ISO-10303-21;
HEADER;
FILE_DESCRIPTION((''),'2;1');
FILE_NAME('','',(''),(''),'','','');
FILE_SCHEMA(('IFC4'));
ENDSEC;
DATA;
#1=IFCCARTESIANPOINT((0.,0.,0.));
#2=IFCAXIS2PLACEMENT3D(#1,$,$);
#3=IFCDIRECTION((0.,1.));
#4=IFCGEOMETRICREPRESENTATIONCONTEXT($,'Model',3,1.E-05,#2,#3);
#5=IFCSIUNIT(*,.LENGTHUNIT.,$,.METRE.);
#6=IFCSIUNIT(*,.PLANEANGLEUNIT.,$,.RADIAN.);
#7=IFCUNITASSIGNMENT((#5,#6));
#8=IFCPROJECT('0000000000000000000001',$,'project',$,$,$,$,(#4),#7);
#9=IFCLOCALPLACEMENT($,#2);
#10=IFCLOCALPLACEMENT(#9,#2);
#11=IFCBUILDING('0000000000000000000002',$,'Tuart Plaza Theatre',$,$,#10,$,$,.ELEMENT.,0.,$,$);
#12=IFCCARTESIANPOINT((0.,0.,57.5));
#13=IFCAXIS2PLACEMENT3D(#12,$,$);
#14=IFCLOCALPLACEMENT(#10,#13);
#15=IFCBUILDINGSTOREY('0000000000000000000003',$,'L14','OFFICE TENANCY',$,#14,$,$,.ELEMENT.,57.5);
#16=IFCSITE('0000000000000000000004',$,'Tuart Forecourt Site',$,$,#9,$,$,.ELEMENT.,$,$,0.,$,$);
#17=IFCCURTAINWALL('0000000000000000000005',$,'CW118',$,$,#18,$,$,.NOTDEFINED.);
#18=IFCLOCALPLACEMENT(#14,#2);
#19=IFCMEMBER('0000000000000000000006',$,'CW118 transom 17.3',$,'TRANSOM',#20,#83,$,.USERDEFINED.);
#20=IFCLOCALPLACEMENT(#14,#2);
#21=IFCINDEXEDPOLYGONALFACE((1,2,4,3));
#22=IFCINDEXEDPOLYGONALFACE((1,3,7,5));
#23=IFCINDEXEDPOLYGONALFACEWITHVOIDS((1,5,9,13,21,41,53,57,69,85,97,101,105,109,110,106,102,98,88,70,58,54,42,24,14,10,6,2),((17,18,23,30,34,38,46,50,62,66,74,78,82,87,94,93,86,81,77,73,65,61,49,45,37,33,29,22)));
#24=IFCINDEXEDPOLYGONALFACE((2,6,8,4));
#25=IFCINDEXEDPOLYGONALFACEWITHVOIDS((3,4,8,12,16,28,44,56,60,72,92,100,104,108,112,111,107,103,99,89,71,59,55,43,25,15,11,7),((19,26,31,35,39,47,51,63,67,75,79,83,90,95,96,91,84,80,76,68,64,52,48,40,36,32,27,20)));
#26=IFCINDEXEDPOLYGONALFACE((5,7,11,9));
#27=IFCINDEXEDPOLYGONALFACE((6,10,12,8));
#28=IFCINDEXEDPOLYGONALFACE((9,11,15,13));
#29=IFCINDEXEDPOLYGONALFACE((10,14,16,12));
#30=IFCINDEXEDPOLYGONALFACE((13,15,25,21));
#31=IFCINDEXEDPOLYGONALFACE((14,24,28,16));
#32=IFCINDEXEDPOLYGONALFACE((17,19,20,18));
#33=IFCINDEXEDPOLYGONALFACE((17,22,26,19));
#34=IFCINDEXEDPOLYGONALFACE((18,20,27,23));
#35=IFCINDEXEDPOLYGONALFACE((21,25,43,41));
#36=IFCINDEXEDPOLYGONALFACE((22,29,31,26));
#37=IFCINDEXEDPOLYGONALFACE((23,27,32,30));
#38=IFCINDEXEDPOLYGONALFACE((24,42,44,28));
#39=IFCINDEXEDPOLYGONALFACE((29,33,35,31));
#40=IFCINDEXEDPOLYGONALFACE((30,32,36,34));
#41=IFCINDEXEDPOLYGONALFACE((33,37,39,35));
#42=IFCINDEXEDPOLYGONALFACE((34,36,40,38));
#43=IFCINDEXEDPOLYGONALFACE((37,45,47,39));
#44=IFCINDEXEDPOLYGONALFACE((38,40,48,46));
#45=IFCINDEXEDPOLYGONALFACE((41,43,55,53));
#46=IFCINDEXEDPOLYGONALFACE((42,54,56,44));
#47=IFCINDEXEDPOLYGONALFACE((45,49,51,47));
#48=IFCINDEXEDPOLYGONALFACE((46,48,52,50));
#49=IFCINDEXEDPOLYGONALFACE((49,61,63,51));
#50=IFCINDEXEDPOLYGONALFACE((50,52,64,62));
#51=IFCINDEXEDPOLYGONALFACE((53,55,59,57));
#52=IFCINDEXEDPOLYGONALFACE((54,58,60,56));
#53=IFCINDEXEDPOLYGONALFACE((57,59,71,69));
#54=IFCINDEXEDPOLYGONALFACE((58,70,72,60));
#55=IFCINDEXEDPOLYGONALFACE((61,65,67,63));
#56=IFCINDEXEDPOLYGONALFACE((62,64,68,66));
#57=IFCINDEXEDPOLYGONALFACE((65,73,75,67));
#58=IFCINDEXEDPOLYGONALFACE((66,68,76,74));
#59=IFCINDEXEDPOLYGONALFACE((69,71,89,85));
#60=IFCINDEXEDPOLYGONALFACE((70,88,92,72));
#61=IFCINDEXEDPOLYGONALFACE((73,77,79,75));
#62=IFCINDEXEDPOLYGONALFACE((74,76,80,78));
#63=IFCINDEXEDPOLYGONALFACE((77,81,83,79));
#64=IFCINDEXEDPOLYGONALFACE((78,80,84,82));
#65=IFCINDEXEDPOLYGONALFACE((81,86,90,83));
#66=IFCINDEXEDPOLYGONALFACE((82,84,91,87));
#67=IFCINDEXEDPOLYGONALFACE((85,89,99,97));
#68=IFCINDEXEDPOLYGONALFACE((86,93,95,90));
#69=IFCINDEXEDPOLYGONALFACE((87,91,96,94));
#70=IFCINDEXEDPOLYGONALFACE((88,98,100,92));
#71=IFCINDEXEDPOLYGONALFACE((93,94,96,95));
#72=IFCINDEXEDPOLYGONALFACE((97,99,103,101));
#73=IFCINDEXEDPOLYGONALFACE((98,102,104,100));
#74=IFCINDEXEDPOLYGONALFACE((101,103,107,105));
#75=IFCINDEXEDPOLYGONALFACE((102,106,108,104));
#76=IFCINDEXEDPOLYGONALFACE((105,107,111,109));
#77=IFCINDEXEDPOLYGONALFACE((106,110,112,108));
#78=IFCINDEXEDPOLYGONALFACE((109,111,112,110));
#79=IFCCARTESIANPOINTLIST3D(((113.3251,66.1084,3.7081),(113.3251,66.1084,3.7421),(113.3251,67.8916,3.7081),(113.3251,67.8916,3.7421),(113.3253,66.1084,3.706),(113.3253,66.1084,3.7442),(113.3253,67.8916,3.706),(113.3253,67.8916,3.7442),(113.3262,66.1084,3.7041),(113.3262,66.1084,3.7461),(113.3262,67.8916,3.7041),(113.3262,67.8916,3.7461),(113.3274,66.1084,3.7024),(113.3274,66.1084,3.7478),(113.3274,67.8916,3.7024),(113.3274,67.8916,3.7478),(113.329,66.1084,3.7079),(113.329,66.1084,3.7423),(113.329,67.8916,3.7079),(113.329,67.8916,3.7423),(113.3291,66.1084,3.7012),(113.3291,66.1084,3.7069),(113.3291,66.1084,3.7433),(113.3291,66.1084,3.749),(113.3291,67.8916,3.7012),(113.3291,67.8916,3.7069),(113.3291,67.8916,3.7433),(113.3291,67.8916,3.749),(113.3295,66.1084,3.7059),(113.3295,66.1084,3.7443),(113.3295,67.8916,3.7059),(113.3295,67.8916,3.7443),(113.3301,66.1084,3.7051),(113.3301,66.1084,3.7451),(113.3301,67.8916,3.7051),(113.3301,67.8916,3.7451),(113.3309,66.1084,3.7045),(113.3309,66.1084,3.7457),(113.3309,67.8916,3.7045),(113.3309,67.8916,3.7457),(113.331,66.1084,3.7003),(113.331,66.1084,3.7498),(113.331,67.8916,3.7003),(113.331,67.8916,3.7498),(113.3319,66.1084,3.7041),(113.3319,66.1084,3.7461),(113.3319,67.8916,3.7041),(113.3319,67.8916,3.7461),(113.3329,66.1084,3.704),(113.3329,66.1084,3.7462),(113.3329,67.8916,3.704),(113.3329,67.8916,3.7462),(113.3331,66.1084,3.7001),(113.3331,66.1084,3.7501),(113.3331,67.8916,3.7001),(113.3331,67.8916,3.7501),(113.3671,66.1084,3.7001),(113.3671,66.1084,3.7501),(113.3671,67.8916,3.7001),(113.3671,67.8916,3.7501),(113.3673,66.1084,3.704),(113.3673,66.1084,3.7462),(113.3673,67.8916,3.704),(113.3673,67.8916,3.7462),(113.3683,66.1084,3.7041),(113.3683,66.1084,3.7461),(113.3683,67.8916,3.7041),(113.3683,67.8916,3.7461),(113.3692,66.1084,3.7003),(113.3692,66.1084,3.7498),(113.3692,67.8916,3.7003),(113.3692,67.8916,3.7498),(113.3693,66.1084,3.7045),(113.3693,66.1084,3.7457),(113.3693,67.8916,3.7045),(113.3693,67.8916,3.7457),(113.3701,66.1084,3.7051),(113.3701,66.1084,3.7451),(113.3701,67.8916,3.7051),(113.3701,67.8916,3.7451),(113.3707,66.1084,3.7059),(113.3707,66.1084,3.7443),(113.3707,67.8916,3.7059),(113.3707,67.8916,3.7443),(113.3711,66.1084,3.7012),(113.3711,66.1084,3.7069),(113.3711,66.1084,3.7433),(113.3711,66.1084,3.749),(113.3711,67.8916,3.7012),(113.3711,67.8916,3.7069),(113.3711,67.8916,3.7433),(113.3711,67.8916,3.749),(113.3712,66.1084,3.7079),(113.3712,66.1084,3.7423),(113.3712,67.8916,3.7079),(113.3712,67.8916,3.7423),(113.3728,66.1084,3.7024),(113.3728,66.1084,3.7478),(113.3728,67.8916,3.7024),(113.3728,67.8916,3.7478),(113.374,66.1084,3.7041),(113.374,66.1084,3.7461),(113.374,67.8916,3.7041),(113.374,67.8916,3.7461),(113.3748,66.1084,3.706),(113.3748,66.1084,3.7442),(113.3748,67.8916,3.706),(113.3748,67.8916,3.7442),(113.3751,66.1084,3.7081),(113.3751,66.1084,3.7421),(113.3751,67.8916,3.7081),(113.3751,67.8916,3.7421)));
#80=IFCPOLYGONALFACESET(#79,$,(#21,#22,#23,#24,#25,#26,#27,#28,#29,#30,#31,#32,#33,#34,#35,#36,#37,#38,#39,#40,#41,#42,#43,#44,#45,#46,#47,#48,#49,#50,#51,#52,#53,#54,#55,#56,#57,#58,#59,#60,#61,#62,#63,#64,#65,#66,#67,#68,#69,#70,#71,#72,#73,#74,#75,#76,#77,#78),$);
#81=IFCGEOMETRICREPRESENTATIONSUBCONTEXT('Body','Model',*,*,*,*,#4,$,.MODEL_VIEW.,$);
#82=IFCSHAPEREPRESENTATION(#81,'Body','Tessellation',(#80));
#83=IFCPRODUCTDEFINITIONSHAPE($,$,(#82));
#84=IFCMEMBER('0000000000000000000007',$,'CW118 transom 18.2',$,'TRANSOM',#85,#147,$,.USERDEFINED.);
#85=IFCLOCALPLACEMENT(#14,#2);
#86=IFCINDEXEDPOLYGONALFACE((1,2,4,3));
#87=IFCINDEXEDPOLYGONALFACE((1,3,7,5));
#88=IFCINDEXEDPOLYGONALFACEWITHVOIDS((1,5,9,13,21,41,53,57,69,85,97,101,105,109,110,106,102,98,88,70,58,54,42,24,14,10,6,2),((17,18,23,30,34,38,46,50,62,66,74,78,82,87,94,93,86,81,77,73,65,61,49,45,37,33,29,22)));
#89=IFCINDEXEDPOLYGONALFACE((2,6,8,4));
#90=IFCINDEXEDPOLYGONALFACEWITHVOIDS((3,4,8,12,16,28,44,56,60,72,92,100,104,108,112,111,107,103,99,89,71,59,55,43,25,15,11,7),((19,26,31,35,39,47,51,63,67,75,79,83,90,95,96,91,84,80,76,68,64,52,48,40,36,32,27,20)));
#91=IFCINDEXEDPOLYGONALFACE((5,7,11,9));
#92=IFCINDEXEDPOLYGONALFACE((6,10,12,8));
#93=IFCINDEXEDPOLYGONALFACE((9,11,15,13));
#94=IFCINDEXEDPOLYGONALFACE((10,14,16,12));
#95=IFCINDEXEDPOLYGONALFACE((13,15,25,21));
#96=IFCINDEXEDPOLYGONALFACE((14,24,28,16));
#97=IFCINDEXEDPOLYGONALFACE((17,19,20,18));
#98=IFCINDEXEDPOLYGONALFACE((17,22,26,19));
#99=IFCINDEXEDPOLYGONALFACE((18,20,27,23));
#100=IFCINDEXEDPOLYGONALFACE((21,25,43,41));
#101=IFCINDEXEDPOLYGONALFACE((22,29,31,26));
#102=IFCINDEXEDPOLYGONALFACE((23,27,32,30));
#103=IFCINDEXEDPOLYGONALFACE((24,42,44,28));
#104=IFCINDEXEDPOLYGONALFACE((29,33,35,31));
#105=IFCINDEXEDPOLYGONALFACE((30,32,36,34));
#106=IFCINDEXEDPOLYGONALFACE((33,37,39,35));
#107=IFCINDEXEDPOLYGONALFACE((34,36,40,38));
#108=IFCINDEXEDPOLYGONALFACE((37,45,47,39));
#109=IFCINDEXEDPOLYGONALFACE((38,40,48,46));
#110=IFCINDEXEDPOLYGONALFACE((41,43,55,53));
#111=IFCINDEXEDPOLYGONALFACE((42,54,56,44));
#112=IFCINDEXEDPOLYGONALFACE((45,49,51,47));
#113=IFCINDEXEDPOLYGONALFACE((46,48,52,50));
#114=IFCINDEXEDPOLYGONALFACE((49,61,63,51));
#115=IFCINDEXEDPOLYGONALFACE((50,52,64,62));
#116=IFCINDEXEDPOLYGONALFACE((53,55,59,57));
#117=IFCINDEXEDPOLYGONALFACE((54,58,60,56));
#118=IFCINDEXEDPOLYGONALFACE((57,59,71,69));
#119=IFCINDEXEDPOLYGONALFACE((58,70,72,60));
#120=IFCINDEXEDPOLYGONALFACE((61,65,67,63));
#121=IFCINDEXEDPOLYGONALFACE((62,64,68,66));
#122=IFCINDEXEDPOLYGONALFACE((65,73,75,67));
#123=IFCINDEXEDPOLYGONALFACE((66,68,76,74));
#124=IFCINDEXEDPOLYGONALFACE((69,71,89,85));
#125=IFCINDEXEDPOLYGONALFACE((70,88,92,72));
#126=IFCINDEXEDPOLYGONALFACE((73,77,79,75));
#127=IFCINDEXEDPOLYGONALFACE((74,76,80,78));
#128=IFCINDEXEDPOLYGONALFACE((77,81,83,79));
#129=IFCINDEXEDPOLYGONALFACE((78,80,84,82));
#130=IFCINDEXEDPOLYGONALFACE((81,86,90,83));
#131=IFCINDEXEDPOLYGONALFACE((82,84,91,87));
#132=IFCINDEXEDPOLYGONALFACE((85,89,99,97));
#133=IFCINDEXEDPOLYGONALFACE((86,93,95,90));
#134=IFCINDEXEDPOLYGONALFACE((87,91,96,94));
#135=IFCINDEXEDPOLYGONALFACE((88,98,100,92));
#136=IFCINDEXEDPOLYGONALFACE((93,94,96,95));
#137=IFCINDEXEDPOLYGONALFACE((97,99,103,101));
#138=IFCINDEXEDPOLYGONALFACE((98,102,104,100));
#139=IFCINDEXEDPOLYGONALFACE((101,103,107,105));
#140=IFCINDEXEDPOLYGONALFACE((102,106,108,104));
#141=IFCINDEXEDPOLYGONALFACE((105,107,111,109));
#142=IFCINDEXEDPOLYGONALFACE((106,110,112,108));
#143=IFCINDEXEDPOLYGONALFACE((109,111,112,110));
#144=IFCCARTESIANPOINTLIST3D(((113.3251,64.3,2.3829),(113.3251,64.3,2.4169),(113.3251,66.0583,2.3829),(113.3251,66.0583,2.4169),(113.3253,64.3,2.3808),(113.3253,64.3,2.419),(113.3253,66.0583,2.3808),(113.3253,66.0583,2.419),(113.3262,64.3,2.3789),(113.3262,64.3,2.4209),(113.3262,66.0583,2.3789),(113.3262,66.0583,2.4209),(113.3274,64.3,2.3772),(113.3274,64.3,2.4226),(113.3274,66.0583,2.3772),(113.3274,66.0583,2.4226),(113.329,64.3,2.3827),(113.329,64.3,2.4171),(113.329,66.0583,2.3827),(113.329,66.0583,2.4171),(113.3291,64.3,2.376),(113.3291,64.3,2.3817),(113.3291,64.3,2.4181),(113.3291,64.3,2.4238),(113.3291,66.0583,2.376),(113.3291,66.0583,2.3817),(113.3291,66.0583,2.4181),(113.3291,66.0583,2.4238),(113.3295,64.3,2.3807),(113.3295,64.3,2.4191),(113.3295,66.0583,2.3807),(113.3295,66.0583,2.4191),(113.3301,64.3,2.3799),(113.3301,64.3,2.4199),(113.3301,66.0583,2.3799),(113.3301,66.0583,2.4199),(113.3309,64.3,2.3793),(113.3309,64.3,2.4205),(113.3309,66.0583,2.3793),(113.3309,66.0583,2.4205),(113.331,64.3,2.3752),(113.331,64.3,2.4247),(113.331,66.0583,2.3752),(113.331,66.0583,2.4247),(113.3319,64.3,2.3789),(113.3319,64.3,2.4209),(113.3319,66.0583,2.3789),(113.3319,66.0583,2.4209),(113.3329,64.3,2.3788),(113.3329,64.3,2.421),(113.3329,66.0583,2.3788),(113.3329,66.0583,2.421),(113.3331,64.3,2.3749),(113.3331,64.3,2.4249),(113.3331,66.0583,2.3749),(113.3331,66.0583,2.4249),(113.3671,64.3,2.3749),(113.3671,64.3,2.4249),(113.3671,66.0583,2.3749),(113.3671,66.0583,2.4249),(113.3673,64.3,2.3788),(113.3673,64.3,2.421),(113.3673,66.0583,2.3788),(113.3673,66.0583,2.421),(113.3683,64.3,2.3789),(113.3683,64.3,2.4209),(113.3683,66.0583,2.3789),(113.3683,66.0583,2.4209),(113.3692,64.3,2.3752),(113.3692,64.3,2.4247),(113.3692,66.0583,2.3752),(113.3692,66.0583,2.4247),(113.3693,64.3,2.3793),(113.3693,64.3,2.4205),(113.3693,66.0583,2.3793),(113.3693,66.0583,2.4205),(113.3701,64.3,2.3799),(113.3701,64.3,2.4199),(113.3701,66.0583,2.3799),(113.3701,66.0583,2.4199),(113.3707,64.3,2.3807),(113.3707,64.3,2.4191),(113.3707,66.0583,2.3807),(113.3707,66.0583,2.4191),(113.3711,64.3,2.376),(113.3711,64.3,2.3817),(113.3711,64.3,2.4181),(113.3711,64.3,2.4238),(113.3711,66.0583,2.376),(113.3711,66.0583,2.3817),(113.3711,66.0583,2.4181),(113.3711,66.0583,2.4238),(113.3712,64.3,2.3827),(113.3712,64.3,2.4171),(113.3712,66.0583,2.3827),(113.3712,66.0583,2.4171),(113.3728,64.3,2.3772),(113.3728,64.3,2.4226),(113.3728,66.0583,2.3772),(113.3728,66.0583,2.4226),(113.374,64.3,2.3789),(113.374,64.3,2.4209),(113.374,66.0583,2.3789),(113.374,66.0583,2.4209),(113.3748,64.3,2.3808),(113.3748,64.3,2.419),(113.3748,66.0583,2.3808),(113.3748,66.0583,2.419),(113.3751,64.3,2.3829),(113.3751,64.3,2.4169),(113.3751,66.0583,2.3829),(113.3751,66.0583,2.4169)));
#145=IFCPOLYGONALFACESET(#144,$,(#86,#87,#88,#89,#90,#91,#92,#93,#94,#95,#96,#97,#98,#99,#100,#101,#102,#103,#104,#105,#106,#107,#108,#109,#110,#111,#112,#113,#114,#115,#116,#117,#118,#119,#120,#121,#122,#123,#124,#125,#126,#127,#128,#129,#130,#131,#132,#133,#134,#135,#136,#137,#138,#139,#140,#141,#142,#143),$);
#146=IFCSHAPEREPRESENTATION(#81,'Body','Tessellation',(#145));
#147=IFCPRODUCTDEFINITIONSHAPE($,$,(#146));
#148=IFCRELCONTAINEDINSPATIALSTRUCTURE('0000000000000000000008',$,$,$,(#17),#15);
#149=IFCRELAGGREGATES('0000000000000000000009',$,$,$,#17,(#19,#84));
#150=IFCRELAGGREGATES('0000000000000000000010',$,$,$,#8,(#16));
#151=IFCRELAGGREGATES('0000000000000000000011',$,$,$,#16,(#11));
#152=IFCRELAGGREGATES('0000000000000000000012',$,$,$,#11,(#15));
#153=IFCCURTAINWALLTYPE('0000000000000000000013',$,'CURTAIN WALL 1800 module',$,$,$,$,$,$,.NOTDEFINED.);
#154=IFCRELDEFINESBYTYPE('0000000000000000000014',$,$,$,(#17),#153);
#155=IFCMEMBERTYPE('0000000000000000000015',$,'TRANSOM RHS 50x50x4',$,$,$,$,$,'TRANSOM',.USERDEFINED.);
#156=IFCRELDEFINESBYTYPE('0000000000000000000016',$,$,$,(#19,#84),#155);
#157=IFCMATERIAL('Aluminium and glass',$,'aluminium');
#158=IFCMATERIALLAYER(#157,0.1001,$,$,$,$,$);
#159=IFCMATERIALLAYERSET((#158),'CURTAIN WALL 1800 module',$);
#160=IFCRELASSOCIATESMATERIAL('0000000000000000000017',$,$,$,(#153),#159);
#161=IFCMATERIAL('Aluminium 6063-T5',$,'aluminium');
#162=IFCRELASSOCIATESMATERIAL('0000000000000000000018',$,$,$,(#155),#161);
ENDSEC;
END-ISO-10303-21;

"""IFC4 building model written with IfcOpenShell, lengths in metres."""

from ifc_helpers import new_model, si_unit, direction, frame, origin, origin_2d, place, context, subcontext, project, spatial, hollow_rectangle, extrude, material, layer, layer_set, material_profile, profile_set, type_object, element, aggregate, save


model = new_model("IFC4")

# Units and contexts
model_context = context("Model", 3, precision=1e-05, world=origin(), true_north=direction((0.0, 1.0)))
body_context = subcontext(model_context, "Body", "Model", "MODEL_VIEW")
ifc_project = project(units=[si_unit("LENGTHUNIT", "METRE"), si_unit("PLANEANGLEUNIT", "RADIAN")], contexts=[model_context])

# Site, building, storey
site_placement = place(None, origin())
site = spatial("IfcSite", under=ifc_project, at=site_placement, Name="Tuart Forecourt Site", CompositionType="ELEMENT", RefElevation=0.0)
building_placement = place(site_placement, origin())
building = spatial("IfcBuilding", under=site, at=building_placement, Name="Tuart Plaza Theatre", CompositionType="ELEMENT", ElevationOfRefHeight=0.0)
storey_placement = place(building_placement, frame((0.0, 0.0, 57.5)))
storey = spatial("IfcBuildingStorey", under=building, at=storey_placement, Name="L14", Description="OFFICE TENANCY", CompositionType="ELEMENT", Elevation=57.5)

# Curtain wall, members
ifc_material_1 = material(Name="Aluminium and glass", Category="aluminium")
ifc_layer_1 = layer(ifc_material_1, 0.1001)
ifc_layer_set_1 = layer_set([ifc_layer_1], Name="CURTAIN WALL 1800 module")
curtain_wall_type = type_object("IfcCurtainWallType", Name="CURTAIN WALL 1800 module", PredefinedType="NOTDEFINED", material=ifc_layer_set_1)
curtain_wall_placement = place(storey_placement, origin())
curtain_wall = element("IfcCurtainWall", 1, at=curtain_wall_placement, inside=storey, type_object=curtain_wall_type, Name="CW118", PredefinedType="NOTDEFINED")
ifc_material_2 = material(Name="Aluminium 6063-T5", Category="aluminium")
ifc_material_profile = material_profile(ifc_material_2, hollow_rectangle(XDim=0.05, YDim=0.05, WallThickness=0.0039, InnerFilletRadius=0.0039, OuterFilletRadius=0.0081, at=origin_2d()), Name="RHS 50x50x4")
ifc_profile_set = profile_set([ifc_material_profile], Name="Aluminium 6063-T5")
member_type = type_object("IfcMemberType", Name="TRANSOM RHS 50x50x4", ElementType="TRANSOM", PredefinedType="USERDEFINED", material=ifc_profile_set)
member_1_placement = place(storey_placement, frame((113.3501, 67.8916, 3.7251), z_axis=(0.0, -1.0, 0.0), x_axis=(1.0, 0.0, 0.0)))
member_1 = element("IfcMember", 2, at=member_1_placement, type_object=member_type, Name="CW118 transom 17.3", ObjectType="TRANSOM", PredefinedType="USERDEFINED", context=body_context, shape_type="SweptSolid", body=[
    extrude(hollow_rectangle(XDim=0.05, YDim=0.05, WallThickness=0.0039, InnerFilletRadius=0.0039, OuterFilletRadius=0.0081, at=origin_2d()), origin(), (0.0, 0.0, 1.0), 1.7832),
])
member_2_placement = place(storey_placement, frame((113.3501, 66.0583, 2.3999), z_axis=(0.0, -1.0, 0.0), x_axis=(1.0, 0.0, 0.0)))
member_2 = element("IfcMember", 3, at=member_2_placement, type_object=member_type, Name="CW118 transom 18.2", ObjectType="TRANSOM", PredefinedType="USERDEFINED", context=body_context, shape_type="SweptSolid", body=[
    extrude(hollow_rectangle(XDim=0.05, YDim=0.05, WallThickness=0.0039, InnerFilletRadius=0.0039, OuterFilletRadius=0.0081, at=origin_2d()), origin(), (0.0, 0.0, 1.0), 1.7583),
])
aggregate(curtain_wall, [member_1, member_2])

save(model, "model.ifc")
